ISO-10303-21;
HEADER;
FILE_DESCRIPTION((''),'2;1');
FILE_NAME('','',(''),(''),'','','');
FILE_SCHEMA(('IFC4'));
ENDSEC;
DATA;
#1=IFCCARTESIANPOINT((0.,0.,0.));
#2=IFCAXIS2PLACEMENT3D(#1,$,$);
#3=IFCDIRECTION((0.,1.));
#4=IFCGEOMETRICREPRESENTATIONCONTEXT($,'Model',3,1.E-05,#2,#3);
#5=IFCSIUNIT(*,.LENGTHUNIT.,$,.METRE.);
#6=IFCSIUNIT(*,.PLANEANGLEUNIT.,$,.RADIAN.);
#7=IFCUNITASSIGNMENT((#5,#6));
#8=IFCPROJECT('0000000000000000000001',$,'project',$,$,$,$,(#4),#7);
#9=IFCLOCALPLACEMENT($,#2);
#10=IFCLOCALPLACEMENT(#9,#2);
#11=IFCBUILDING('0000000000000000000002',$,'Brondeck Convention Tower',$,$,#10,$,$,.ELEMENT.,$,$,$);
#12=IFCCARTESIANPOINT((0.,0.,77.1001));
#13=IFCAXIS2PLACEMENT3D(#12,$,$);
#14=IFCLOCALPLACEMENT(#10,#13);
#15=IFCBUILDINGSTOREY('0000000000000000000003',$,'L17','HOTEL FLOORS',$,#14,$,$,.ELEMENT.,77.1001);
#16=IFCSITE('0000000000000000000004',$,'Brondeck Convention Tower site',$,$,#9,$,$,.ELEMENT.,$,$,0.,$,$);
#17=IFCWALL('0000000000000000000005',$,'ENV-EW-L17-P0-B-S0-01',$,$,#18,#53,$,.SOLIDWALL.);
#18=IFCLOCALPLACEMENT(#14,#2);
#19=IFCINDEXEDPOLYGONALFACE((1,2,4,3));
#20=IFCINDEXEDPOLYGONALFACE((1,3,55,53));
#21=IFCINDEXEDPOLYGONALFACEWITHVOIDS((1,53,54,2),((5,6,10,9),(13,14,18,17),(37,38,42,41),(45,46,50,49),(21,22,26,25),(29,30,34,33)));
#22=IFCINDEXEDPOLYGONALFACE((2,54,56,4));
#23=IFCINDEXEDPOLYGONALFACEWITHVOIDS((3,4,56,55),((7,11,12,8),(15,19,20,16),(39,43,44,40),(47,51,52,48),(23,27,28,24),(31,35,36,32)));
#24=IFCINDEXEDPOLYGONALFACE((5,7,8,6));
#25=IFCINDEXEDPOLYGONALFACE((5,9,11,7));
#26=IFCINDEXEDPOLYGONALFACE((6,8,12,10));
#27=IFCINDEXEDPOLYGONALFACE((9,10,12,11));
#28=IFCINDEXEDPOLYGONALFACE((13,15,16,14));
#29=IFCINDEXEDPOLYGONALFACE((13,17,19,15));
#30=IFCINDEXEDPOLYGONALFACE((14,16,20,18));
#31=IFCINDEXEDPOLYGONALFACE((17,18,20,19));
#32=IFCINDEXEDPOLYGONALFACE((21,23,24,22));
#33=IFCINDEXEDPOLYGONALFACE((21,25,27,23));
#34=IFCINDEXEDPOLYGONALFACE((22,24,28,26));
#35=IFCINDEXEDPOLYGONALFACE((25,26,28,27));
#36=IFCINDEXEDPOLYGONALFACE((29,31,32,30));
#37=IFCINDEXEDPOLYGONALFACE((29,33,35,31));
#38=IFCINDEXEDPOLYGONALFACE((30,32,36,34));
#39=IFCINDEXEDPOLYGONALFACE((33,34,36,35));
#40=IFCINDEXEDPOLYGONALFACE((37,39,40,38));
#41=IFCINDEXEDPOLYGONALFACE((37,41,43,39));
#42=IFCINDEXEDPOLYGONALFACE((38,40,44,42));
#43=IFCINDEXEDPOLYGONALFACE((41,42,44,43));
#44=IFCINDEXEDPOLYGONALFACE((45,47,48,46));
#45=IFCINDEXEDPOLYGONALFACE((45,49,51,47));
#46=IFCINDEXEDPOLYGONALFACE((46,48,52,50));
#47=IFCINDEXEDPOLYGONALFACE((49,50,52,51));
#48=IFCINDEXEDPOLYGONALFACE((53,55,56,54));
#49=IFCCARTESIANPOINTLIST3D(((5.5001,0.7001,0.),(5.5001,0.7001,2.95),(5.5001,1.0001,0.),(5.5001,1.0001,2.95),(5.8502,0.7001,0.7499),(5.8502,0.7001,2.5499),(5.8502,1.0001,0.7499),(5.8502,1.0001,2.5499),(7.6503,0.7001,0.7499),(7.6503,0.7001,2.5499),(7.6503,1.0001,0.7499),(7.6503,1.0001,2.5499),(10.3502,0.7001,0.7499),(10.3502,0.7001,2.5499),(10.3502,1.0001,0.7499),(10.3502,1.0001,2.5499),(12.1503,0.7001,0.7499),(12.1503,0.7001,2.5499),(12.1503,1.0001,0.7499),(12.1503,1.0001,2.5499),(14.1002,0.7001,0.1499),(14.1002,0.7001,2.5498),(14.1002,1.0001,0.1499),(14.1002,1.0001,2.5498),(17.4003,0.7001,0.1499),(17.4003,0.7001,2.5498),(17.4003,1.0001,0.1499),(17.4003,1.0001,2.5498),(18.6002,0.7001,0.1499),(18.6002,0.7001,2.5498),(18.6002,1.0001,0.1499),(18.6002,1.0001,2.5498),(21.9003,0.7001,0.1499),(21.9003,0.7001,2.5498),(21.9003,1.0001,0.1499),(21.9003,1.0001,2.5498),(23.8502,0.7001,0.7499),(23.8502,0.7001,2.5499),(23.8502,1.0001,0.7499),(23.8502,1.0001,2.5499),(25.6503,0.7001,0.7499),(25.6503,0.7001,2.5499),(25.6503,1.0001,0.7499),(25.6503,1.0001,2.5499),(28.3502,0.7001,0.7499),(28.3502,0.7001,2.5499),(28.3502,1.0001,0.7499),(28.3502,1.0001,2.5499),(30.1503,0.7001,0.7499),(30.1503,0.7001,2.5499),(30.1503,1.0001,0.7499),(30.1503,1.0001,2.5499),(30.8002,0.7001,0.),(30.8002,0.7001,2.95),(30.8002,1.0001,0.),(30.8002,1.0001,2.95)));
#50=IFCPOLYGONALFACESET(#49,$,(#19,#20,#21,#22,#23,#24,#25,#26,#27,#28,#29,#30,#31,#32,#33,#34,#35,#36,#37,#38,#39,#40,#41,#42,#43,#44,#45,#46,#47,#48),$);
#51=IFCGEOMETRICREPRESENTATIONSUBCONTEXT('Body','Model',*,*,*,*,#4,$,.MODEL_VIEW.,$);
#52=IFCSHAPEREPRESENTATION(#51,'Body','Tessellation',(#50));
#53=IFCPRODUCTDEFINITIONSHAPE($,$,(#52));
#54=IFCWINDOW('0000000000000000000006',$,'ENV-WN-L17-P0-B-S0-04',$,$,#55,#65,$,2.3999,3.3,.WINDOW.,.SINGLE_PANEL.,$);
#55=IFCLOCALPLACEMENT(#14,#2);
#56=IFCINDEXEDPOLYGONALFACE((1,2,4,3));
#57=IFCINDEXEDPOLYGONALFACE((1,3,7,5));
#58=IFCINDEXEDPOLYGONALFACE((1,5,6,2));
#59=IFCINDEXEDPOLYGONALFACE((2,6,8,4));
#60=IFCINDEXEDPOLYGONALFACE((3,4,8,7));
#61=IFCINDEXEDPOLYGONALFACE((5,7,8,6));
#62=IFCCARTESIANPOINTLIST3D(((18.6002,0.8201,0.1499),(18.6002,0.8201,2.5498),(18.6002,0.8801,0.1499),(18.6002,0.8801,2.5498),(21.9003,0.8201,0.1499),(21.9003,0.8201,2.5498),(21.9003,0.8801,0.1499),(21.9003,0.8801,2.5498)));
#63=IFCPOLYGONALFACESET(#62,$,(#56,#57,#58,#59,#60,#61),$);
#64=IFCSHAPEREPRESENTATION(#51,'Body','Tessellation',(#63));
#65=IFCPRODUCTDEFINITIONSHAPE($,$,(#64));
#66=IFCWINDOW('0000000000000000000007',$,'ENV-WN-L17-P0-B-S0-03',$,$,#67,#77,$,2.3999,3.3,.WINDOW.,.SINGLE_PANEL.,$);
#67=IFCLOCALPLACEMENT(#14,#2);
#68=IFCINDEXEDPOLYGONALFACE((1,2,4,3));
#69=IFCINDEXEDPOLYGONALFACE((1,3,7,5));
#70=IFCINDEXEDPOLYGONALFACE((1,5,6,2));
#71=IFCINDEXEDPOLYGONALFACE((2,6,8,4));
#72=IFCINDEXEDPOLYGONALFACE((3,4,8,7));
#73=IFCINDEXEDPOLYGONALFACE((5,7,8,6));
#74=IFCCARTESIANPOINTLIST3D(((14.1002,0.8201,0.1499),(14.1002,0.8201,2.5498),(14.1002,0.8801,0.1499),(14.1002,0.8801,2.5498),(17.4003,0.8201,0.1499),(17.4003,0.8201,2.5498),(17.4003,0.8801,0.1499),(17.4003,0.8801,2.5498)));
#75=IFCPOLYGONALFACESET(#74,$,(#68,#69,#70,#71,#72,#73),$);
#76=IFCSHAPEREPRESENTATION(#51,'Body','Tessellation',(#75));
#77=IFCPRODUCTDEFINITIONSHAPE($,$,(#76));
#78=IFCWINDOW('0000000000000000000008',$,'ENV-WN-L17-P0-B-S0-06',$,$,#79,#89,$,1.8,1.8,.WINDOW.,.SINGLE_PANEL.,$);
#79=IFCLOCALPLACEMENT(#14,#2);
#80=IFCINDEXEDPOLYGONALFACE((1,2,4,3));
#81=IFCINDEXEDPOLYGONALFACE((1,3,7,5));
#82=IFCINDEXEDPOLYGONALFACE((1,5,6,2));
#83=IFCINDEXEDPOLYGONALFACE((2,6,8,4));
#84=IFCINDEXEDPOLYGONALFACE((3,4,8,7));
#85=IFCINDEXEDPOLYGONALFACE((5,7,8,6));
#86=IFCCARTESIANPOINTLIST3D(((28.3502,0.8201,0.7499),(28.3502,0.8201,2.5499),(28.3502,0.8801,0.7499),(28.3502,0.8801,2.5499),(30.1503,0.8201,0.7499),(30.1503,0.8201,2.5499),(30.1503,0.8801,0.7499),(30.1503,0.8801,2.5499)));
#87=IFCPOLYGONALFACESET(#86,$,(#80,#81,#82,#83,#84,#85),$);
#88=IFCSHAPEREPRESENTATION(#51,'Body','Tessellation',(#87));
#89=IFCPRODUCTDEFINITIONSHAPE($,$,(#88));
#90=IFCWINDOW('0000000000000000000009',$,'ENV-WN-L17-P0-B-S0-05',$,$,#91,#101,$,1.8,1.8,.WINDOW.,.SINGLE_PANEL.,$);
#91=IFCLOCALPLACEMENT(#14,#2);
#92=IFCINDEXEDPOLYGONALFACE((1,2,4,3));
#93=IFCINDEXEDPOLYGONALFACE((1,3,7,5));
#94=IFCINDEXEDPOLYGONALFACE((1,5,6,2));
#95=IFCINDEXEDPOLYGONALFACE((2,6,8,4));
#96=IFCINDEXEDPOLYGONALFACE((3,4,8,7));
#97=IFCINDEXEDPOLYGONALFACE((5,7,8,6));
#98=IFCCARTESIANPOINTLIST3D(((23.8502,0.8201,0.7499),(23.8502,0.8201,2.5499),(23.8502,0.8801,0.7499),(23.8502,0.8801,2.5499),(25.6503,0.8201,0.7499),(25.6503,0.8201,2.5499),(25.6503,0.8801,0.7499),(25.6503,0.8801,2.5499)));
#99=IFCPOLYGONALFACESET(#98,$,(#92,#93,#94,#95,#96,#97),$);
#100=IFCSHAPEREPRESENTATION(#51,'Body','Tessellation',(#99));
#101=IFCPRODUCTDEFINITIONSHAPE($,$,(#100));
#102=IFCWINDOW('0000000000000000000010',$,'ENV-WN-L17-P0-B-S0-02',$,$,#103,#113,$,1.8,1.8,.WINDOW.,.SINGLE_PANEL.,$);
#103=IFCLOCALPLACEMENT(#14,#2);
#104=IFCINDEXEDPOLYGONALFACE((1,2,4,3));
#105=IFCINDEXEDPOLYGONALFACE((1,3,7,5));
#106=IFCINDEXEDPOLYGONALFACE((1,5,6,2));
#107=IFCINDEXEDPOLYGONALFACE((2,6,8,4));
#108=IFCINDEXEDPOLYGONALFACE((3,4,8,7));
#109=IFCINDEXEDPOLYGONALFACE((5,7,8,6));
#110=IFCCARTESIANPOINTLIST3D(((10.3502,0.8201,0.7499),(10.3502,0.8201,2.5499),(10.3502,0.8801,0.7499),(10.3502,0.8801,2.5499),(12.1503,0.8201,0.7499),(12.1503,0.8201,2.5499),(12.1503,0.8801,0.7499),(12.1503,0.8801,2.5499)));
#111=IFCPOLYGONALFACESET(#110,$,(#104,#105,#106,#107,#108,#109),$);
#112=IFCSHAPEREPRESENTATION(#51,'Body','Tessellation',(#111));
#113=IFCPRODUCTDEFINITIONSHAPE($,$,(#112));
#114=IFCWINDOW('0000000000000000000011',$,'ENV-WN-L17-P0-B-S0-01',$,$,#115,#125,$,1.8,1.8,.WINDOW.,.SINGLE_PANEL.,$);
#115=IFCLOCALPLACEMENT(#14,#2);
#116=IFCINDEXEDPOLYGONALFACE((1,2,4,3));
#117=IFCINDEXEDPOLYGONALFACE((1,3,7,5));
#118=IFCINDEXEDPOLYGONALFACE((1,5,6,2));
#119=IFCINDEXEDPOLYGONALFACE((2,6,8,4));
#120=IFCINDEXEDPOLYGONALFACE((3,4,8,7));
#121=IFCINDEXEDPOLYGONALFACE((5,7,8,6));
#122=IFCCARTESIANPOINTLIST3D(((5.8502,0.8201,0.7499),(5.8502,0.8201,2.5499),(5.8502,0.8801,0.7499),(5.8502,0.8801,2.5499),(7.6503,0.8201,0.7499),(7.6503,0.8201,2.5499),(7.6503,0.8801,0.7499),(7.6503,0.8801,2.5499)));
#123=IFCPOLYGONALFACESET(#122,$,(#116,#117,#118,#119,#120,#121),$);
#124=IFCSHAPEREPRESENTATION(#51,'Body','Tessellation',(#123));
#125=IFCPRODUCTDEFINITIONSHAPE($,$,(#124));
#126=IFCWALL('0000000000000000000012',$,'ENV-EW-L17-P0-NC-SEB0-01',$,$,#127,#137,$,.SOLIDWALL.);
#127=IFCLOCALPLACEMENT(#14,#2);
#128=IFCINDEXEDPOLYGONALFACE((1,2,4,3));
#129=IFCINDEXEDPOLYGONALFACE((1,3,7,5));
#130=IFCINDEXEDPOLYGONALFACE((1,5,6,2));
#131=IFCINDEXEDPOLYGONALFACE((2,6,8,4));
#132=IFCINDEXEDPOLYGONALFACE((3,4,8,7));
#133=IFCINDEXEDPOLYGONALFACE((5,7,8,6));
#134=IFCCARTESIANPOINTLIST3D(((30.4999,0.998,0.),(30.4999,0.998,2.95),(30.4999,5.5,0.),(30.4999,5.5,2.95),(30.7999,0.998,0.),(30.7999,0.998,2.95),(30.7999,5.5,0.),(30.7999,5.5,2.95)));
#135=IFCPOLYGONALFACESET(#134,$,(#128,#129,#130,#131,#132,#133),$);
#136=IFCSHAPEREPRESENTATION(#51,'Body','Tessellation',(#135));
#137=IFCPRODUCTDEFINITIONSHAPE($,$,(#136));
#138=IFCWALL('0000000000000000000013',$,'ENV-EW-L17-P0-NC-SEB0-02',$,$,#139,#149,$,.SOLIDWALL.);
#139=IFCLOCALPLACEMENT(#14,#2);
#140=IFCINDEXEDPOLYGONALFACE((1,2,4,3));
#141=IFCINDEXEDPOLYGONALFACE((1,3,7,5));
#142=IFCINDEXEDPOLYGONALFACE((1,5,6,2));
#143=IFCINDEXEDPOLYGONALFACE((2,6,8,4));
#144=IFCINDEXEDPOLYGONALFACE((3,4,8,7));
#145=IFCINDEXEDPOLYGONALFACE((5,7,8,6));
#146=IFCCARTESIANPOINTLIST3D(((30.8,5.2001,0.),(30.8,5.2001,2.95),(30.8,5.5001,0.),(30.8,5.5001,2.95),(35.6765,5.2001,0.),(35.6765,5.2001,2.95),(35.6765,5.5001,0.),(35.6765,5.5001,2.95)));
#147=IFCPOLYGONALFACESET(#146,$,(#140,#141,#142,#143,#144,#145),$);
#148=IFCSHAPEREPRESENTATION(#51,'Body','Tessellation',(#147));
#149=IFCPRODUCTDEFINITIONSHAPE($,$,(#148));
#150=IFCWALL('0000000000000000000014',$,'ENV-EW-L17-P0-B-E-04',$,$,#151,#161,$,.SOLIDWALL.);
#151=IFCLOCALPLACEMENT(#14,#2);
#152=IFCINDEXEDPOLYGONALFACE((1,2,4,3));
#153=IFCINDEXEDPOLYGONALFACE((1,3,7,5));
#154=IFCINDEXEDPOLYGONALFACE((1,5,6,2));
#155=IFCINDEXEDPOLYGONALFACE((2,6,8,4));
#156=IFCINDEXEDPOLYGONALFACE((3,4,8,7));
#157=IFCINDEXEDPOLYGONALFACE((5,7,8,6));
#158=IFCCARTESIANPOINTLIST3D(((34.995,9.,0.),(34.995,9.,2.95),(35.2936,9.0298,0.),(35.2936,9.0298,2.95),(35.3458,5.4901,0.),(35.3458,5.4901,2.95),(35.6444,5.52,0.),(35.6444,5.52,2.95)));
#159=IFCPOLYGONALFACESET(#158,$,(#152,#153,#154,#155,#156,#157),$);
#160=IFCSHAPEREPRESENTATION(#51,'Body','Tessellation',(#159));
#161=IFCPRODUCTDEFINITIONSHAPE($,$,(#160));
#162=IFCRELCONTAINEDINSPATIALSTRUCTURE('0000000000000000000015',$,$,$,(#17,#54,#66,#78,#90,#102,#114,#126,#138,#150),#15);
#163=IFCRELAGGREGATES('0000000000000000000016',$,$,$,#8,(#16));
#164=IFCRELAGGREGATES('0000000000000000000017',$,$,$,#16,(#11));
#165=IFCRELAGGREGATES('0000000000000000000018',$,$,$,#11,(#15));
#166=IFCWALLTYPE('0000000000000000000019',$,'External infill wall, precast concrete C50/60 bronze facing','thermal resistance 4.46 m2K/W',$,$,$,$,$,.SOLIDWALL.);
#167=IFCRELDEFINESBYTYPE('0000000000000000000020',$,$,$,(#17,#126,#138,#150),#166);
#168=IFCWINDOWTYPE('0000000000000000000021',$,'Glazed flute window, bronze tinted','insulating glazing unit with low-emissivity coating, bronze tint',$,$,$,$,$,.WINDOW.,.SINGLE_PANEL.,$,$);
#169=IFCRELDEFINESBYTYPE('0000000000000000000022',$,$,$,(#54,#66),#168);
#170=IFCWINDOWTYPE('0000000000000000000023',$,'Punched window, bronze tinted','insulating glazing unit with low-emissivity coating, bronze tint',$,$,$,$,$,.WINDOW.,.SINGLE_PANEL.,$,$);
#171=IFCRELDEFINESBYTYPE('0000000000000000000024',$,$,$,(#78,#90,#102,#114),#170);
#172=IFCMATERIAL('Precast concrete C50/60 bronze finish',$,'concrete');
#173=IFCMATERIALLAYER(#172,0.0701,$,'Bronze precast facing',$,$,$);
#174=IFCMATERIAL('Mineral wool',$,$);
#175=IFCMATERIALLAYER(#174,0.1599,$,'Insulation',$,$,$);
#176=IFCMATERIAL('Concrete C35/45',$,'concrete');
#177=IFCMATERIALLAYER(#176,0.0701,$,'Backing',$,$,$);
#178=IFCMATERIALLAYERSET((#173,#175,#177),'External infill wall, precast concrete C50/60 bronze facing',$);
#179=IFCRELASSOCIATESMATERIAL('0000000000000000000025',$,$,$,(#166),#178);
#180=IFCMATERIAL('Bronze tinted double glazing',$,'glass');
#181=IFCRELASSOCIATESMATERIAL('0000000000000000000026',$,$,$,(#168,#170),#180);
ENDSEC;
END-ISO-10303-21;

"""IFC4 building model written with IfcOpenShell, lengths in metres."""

from ifc_helpers import new_model, si_unit, direction, frame, frame_2d, origin, place, context, subcontext, project, spatial, rectangle, extrude, material, layer, layer_set, type_object, element, fill, save


model = new_model("IFC4")

# Units and contexts
model_context = context("Model", 3, precision=1e-05, world=origin(), true_north=direction((0.0, 1.0)))
body_context = subcontext(model_context, "Body", "Model", "MODEL_VIEW")
ifc_project = project(units=[si_unit("LENGTHUNIT", "METRE"), si_unit("PLANEANGLEUNIT", "RADIAN")], contexts=[model_context])

# Site, building, storey
site_placement = place(None, origin())
site = spatial("IfcSite", under=ifc_project, at=site_placement, Name="Brondeck Convention Tower site", CompositionType="ELEMENT", RefElevation=0.0)
building_placement = place(site_placement, origin())
building = spatial("IfcBuilding", under=site, at=building_placement, Name="Brondeck Convention Tower", CompositionType="ELEMENT")
storey_placement = place(building_placement, frame((0.0, 0.0, 77.1001)))
storey = spatial("IfcBuildingStorey", under=building, at=storey_placement, Name="L17", Description="HOTEL FLOORS", CompositionType="ELEMENT", Elevation=77.1001)

# Wall, openings, windows
ifc_material_1 = material(Name="Precast concrete C50/60 bronze finish", Category="concrete")
ifc_layer_1 = layer(ifc_material_1, 0.0701, Name="Bronze precast facing")
ifc_material_2 = material(Name="Mineral wool")
ifc_layer_2 = layer(ifc_material_2, 0.1599, Name="Insulation")
ifc_material_3 = material(Name="Concrete C35/45", Category="concrete")
ifc_layer_3 = layer(ifc_material_3, 0.0701, Name="Backing")
ifc_layer_set_1 = layer_set([ifc_layer_1, ifc_layer_2, ifc_layer_3], Name="External infill wall, precast concrete C50/60 bronze facing")
wall_type_1 = type_object("IfcWallType", Name="External infill wall, precast concrete C50/60 bronze facing", Description="thermal resistance 4.46 m2K/W", PredefinedType="SOLIDWALL", material=ifc_layer_set_1)
wall_1_placement = place(storey_placement, frame((30.8, 0.8501, 0.0), z_axis=(0.0, 0.0, 1.0), x_axis=(-1.0, 0.0, 0.0)))
wall_1 = element("IfcWall", 1, at=wall_1_placement, inside=storey, type_object=wall_type_1, Name="ENV-EW-L17-P0-B-S0-01", PredefinedType="SOLIDWALL", context=body_context, shape_type="SweptSolid", body=[
    extrude(rectangle(XDim=25.3, YDim=0.3, at=frame_2d((12.6499, 0.0))), origin(), (0.0, 0.0, 1.0), 2.95),
])
opening_1_placement = place(wall_1_placement, frame((0.6499, 0.0, 0.75)))
opening_1 = element("IfcOpeningElement", 2, at=opening_1_placement, cuts=wall_1, PredefinedType="OPENING", context=body_context, shape_type="SweptSolid", body=[
    extrude(rectangle(XDim=1.8, YDim=1.8, at=frame_2d((0.8999, 0.8999))), frame((0.0, 0.1599, 0.0), z_axis=(0.0, -1.0, 0.0), x_axis=(1.0, 0.0, 0.0)), (0.0, 0.0, 1.0), 0.3201),
])
opening_2_placement = place(wall_1_placement, frame((5.1499, 0.0, 0.75)))
opening_2 = element("IfcOpeningElement", 3, at=opening_2_placement, cuts=wall_1, PredefinedType="OPENING", context=body_context, shape_type="SweptSolid", body=[
    extrude(rectangle(XDim=1.8, YDim=1.8, at=frame_2d((0.8999, 0.8999))), frame((0.0, 0.1599, 0.0), z_axis=(0.0, -1.0, 0.0), x_axis=(1.0, 0.0, 0.0)), (0.0, 0.0, 1.0), 0.3201),
])
opening_3_placement = place(wall_1_placement, frame((8.8999, 0.0, 0.1499)))
opening_3 = element("IfcOpeningElement", 4, at=opening_3_placement, cuts=wall_1, PredefinedType="OPENING", context=body_context, shape_type="SweptSolid", body=[
    extrude(rectangle(XDim=3.3, YDim=2.3999, at=frame_2d((1.6499, 1.2))), frame((0.0, 0.1599, 0.0), z_axis=(0.0, -1.0, 0.0), x_axis=(1.0, 0.0, 0.0)), (0.0, 0.0, 1.0), 0.3201),
])
opening_4_placement = place(wall_1_placement, frame((13.3999, 0.0, 0.1499)))
opening_4 = element("IfcOpeningElement", 5, at=opening_4_placement, cuts=wall_1, PredefinedType="OPENING", context=body_context, shape_type="SweptSolid", body=[
    extrude(rectangle(XDim=3.3, YDim=2.3999, at=frame_2d((1.6499, 1.2))), frame((0.0, 0.1599, 0.0), z_axis=(0.0, -1.0, 0.0), x_axis=(1.0, 0.0, 0.0)), (0.0, 0.0, 1.0), 0.3201),
])
opening_5_placement = place(wall_1_placement, frame((18.6499, 0.0, 0.75)))
opening_5 = element("IfcOpeningElement", 6, at=opening_5_placement, cuts=wall_1, PredefinedType="OPENING", context=body_context, shape_type="SweptSolid", body=[
    extrude(rectangle(XDim=1.8, YDim=1.8, at=frame_2d((0.8999, 0.8999))), frame((0.0, 0.1599, 0.0), z_axis=(0.0, -1.0, 0.0), x_axis=(1.0, 0.0, 0.0)), (0.0, 0.0, 1.0), 0.3201),
])
opening_6_placement = place(wall_1_placement, frame((23.1499, 0.0, 0.75)))
opening_6 = element("IfcOpeningElement", 7, at=opening_6_placement, cuts=wall_1, PredefinedType="OPENING", context=body_context, shape_type="SweptSolid", body=[
    extrude(rectangle(XDim=1.8, YDim=1.8, at=frame_2d((0.8999, 0.8999))), frame((0.0, 0.1599, 0.0), z_axis=(0.0, -1.0, 0.0), x_axis=(1.0, 0.0, 0.0)), (0.0, 0.0, 1.0), 0.3201),
])
ifc_material_4 = material(Name="Bronze tinted double glazing", Category="glass")
window_type_1 = type_object("IfcWindowType", Name="Glazed flute window, bronze tinted", Description="insulating glazing unit with low-emissivity coating, bronze tint", PartitioningType="SINGLE_PANEL", PredefinedType="WINDOW", material=ifc_material_4)
window_1_placement = place(opening_3_placement, origin())
window_1 = element("IfcWindow", 8, at=window_1_placement, inside=storey, type_object=window_type_1, Name="ENV-WN-L17-P0-B-S0-04", OverallHeight=2.3999, OverallWidth=3.3, PartitioningType="SINGLE_PANEL", PredefinedType="WINDOW", context=body_context, shape_type="SweptSolid", body=[
    extrude(rectangle(XDim=3.3, YDim=2.3999, at=frame_2d((1.6499, 1.2))), frame((0.0, 0.03, 0.0), z_axis=(0.0, -1.0, 0.0), x_axis=(1.0, 0.0, 0.0)), (0.0, 0.0, 1.0), 0.0601),
])
fill(opening_3, window_1)
window_2_placement = place(opening_4_placement, origin())
window_2 = element("IfcWindow", 9, at=window_2_placement, inside=storey, type_object=window_type_1, Name="ENV-WN-L17-P0-B-S0-03", OverallHeight=2.3999, OverallWidth=3.3, PartitioningType="SINGLE_PANEL", PredefinedType="WINDOW", context=body_context, shape_type="SweptSolid", body=[
    extrude(rectangle(XDim=3.3, YDim=2.3999, at=frame_2d((1.6499, 1.2))), frame((0.0, 0.03, 0.0), z_axis=(0.0, -1.0, 0.0), x_axis=(1.0, 0.0, 0.0)), (0.0, 0.0, 1.0), 0.0601),
])
fill(opening_4, window_2)
window_type_2 = type_object("IfcWindowType", Name="Punched window, bronze tinted", Description="insulating glazing unit with low-emissivity coating, bronze tint", PartitioningType="SINGLE_PANEL", PredefinedType="WINDOW", material=ifc_material_4)
window_3_placement = place(opening_1_placement, origin())
window_3 = element("IfcWindow", 10, at=window_3_placement, inside=storey, type_object=window_type_2, Name="ENV-WN-L17-P0-B-S0-06", OverallHeight=1.8, OverallWidth=1.8, PartitioningType="SINGLE_PANEL", PredefinedType="WINDOW", context=body_context, shape_type="SweptSolid", body=[
    extrude(rectangle(XDim=1.8, YDim=1.8, at=frame_2d((0.8999, 0.8999))), frame((0.0, 0.03, 0.0), z_axis=(0.0, -1.0, 0.0), x_axis=(1.0, 0.0, 0.0)), (0.0, 0.0, 1.0), 0.0601),
])
fill(opening_1, window_3)
window_4_placement = place(opening_2_placement, origin())
window_4 = element("IfcWindow", 11, at=window_4_placement, inside=storey, type_object=window_type_2, Name="ENV-WN-L17-P0-B-S0-05", OverallHeight=1.8, OverallWidth=1.8, PartitioningType="SINGLE_PANEL", PredefinedType="WINDOW", context=body_context, shape_type="SweptSolid", body=[
    extrude(rectangle(XDim=1.8, YDim=1.8, at=frame_2d((0.8999, 0.8999))), frame((0.0, 0.03, 0.0), z_axis=(0.0, -1.0, 0.0), x_axis=(1.0, 0.0, 0.0)), (0.0, 0.0, 1.0), 0.0601),
])
fill(opening_2, window_4)
window_5_placement = place(opening_5_placement, origin())
window_5 = element("IfcWindow", 12, at=window_5_placement, inside=storey, type_object=window_type_2, Name="ENV-WN-L17-P0-B-S0-02", OverallHeight=1.8, OverallWidth=1.8, PartitioningType="SINGLE_PANEL", PredefinedType="WINDOW", context=body_context, shape_type="SweptSolid", body=[
    extrude(rectangle(XDim=1.8, YDim=1.8, at=frame_2d((0.8999, 0.8999))), frame((0.0, 0.03, 0.0), z_axis=(0.0, -1.0, 0.0), x_axis=(1.0, 0.0, 0.0)), (0.0, 0.0, 1.0), 0.0601),
])
fill(opening_5, window_5)
window_6_placement = place(opening_6_placement, origin())
window_6 = element("IfcWindow", 13, at=window_6_placement, inside=storey, type_object=window_type_2, Name="ENV-WN-L17-P0-B-S0-01", OverallHeight=1.8, OverallWidth=1.8, PartitioningType="SINGLE_PANEL", PredefinedType="WINDOW", context=body_context, shape_type="SweptSolid", body=[
    extrude(rectangle(XDim=1.8, YDim=1.8, at=frame_2d((0.8999, 0.8999))), frame((0.0, 0.03, 0.0), z_axis=(0.0, -1.0, 0.0), x_axis=(1.0, 0.0, 0.0)), (0.0, 0.0, 1.0), 0.0601),
])
fill(opening_6, window_6)

# Walls
wall_2_placement = place(storey_placement, frame((30.6499, 5.5, 0.0), z_axis=(0.0, 0.0, 1.0), x_axis=(0.0, -1.0, 0.0)))
element("IfcWall", 14, at=wall_2_placement, inside=storey, type_object=wall_type_1, Name="ENV-EW-L17-P0-NC-SEB0-01", PredefinedType="SOLIDWALL", context=body_context, shape_type="SweptSolid", body=[
    extrude(rectangle(XDim=4.502, YDim=0.3, at=frame_2d((2.251, 0.0))), origin(), (0.0, 0.0, 1.0), 2.95),
])
wall_3_placement = place(storey_placement, frame((35.6765, 5.3501, 0.0), z_axis=(0.0, 0.0, 1.0), x_axis=(-1.0, 0.0, 0.0)))
element("IfcWall", 15, at=wall_3_placement, inside=storey, type_object=wall_type_1, Name="ENV-EW-L17-P0-NC-SEB0-02", PredefinedType="SOLIDWALL", context=body_context, shape_type="SweptSolid", body=[
    extrude(rectangle(XDim=4.8765, YDim=0.3, at=frame_2d((2.4382, 0.0))), origin(), (0.0, 0.0, 1.0), 2.95),
])
wall_4_placement = place(storey_placement, frame((35.1443, 9.0149, 0.0), z_axis=(0.0, 0.0, 1.0), x_axis=(0.099463, -0.995041, 0.0)))
element("IfcWall", 16, at=wall_4_placement, inside=storey, type_object=wall_type_1, Name="ENV-EW-L17-P0-B-E-04", PredefinedType="SOLIDWALL", context=body_context, shape_type="SweptSolid", body=[
    extrude(rectangle(XDim=3.5273, YDim=0.3, at=frame_2d((1.7637, 0.0))), origin(), (0.0, 0.0, 1.0), 2.95),
])

save(model, "model.ifc")
